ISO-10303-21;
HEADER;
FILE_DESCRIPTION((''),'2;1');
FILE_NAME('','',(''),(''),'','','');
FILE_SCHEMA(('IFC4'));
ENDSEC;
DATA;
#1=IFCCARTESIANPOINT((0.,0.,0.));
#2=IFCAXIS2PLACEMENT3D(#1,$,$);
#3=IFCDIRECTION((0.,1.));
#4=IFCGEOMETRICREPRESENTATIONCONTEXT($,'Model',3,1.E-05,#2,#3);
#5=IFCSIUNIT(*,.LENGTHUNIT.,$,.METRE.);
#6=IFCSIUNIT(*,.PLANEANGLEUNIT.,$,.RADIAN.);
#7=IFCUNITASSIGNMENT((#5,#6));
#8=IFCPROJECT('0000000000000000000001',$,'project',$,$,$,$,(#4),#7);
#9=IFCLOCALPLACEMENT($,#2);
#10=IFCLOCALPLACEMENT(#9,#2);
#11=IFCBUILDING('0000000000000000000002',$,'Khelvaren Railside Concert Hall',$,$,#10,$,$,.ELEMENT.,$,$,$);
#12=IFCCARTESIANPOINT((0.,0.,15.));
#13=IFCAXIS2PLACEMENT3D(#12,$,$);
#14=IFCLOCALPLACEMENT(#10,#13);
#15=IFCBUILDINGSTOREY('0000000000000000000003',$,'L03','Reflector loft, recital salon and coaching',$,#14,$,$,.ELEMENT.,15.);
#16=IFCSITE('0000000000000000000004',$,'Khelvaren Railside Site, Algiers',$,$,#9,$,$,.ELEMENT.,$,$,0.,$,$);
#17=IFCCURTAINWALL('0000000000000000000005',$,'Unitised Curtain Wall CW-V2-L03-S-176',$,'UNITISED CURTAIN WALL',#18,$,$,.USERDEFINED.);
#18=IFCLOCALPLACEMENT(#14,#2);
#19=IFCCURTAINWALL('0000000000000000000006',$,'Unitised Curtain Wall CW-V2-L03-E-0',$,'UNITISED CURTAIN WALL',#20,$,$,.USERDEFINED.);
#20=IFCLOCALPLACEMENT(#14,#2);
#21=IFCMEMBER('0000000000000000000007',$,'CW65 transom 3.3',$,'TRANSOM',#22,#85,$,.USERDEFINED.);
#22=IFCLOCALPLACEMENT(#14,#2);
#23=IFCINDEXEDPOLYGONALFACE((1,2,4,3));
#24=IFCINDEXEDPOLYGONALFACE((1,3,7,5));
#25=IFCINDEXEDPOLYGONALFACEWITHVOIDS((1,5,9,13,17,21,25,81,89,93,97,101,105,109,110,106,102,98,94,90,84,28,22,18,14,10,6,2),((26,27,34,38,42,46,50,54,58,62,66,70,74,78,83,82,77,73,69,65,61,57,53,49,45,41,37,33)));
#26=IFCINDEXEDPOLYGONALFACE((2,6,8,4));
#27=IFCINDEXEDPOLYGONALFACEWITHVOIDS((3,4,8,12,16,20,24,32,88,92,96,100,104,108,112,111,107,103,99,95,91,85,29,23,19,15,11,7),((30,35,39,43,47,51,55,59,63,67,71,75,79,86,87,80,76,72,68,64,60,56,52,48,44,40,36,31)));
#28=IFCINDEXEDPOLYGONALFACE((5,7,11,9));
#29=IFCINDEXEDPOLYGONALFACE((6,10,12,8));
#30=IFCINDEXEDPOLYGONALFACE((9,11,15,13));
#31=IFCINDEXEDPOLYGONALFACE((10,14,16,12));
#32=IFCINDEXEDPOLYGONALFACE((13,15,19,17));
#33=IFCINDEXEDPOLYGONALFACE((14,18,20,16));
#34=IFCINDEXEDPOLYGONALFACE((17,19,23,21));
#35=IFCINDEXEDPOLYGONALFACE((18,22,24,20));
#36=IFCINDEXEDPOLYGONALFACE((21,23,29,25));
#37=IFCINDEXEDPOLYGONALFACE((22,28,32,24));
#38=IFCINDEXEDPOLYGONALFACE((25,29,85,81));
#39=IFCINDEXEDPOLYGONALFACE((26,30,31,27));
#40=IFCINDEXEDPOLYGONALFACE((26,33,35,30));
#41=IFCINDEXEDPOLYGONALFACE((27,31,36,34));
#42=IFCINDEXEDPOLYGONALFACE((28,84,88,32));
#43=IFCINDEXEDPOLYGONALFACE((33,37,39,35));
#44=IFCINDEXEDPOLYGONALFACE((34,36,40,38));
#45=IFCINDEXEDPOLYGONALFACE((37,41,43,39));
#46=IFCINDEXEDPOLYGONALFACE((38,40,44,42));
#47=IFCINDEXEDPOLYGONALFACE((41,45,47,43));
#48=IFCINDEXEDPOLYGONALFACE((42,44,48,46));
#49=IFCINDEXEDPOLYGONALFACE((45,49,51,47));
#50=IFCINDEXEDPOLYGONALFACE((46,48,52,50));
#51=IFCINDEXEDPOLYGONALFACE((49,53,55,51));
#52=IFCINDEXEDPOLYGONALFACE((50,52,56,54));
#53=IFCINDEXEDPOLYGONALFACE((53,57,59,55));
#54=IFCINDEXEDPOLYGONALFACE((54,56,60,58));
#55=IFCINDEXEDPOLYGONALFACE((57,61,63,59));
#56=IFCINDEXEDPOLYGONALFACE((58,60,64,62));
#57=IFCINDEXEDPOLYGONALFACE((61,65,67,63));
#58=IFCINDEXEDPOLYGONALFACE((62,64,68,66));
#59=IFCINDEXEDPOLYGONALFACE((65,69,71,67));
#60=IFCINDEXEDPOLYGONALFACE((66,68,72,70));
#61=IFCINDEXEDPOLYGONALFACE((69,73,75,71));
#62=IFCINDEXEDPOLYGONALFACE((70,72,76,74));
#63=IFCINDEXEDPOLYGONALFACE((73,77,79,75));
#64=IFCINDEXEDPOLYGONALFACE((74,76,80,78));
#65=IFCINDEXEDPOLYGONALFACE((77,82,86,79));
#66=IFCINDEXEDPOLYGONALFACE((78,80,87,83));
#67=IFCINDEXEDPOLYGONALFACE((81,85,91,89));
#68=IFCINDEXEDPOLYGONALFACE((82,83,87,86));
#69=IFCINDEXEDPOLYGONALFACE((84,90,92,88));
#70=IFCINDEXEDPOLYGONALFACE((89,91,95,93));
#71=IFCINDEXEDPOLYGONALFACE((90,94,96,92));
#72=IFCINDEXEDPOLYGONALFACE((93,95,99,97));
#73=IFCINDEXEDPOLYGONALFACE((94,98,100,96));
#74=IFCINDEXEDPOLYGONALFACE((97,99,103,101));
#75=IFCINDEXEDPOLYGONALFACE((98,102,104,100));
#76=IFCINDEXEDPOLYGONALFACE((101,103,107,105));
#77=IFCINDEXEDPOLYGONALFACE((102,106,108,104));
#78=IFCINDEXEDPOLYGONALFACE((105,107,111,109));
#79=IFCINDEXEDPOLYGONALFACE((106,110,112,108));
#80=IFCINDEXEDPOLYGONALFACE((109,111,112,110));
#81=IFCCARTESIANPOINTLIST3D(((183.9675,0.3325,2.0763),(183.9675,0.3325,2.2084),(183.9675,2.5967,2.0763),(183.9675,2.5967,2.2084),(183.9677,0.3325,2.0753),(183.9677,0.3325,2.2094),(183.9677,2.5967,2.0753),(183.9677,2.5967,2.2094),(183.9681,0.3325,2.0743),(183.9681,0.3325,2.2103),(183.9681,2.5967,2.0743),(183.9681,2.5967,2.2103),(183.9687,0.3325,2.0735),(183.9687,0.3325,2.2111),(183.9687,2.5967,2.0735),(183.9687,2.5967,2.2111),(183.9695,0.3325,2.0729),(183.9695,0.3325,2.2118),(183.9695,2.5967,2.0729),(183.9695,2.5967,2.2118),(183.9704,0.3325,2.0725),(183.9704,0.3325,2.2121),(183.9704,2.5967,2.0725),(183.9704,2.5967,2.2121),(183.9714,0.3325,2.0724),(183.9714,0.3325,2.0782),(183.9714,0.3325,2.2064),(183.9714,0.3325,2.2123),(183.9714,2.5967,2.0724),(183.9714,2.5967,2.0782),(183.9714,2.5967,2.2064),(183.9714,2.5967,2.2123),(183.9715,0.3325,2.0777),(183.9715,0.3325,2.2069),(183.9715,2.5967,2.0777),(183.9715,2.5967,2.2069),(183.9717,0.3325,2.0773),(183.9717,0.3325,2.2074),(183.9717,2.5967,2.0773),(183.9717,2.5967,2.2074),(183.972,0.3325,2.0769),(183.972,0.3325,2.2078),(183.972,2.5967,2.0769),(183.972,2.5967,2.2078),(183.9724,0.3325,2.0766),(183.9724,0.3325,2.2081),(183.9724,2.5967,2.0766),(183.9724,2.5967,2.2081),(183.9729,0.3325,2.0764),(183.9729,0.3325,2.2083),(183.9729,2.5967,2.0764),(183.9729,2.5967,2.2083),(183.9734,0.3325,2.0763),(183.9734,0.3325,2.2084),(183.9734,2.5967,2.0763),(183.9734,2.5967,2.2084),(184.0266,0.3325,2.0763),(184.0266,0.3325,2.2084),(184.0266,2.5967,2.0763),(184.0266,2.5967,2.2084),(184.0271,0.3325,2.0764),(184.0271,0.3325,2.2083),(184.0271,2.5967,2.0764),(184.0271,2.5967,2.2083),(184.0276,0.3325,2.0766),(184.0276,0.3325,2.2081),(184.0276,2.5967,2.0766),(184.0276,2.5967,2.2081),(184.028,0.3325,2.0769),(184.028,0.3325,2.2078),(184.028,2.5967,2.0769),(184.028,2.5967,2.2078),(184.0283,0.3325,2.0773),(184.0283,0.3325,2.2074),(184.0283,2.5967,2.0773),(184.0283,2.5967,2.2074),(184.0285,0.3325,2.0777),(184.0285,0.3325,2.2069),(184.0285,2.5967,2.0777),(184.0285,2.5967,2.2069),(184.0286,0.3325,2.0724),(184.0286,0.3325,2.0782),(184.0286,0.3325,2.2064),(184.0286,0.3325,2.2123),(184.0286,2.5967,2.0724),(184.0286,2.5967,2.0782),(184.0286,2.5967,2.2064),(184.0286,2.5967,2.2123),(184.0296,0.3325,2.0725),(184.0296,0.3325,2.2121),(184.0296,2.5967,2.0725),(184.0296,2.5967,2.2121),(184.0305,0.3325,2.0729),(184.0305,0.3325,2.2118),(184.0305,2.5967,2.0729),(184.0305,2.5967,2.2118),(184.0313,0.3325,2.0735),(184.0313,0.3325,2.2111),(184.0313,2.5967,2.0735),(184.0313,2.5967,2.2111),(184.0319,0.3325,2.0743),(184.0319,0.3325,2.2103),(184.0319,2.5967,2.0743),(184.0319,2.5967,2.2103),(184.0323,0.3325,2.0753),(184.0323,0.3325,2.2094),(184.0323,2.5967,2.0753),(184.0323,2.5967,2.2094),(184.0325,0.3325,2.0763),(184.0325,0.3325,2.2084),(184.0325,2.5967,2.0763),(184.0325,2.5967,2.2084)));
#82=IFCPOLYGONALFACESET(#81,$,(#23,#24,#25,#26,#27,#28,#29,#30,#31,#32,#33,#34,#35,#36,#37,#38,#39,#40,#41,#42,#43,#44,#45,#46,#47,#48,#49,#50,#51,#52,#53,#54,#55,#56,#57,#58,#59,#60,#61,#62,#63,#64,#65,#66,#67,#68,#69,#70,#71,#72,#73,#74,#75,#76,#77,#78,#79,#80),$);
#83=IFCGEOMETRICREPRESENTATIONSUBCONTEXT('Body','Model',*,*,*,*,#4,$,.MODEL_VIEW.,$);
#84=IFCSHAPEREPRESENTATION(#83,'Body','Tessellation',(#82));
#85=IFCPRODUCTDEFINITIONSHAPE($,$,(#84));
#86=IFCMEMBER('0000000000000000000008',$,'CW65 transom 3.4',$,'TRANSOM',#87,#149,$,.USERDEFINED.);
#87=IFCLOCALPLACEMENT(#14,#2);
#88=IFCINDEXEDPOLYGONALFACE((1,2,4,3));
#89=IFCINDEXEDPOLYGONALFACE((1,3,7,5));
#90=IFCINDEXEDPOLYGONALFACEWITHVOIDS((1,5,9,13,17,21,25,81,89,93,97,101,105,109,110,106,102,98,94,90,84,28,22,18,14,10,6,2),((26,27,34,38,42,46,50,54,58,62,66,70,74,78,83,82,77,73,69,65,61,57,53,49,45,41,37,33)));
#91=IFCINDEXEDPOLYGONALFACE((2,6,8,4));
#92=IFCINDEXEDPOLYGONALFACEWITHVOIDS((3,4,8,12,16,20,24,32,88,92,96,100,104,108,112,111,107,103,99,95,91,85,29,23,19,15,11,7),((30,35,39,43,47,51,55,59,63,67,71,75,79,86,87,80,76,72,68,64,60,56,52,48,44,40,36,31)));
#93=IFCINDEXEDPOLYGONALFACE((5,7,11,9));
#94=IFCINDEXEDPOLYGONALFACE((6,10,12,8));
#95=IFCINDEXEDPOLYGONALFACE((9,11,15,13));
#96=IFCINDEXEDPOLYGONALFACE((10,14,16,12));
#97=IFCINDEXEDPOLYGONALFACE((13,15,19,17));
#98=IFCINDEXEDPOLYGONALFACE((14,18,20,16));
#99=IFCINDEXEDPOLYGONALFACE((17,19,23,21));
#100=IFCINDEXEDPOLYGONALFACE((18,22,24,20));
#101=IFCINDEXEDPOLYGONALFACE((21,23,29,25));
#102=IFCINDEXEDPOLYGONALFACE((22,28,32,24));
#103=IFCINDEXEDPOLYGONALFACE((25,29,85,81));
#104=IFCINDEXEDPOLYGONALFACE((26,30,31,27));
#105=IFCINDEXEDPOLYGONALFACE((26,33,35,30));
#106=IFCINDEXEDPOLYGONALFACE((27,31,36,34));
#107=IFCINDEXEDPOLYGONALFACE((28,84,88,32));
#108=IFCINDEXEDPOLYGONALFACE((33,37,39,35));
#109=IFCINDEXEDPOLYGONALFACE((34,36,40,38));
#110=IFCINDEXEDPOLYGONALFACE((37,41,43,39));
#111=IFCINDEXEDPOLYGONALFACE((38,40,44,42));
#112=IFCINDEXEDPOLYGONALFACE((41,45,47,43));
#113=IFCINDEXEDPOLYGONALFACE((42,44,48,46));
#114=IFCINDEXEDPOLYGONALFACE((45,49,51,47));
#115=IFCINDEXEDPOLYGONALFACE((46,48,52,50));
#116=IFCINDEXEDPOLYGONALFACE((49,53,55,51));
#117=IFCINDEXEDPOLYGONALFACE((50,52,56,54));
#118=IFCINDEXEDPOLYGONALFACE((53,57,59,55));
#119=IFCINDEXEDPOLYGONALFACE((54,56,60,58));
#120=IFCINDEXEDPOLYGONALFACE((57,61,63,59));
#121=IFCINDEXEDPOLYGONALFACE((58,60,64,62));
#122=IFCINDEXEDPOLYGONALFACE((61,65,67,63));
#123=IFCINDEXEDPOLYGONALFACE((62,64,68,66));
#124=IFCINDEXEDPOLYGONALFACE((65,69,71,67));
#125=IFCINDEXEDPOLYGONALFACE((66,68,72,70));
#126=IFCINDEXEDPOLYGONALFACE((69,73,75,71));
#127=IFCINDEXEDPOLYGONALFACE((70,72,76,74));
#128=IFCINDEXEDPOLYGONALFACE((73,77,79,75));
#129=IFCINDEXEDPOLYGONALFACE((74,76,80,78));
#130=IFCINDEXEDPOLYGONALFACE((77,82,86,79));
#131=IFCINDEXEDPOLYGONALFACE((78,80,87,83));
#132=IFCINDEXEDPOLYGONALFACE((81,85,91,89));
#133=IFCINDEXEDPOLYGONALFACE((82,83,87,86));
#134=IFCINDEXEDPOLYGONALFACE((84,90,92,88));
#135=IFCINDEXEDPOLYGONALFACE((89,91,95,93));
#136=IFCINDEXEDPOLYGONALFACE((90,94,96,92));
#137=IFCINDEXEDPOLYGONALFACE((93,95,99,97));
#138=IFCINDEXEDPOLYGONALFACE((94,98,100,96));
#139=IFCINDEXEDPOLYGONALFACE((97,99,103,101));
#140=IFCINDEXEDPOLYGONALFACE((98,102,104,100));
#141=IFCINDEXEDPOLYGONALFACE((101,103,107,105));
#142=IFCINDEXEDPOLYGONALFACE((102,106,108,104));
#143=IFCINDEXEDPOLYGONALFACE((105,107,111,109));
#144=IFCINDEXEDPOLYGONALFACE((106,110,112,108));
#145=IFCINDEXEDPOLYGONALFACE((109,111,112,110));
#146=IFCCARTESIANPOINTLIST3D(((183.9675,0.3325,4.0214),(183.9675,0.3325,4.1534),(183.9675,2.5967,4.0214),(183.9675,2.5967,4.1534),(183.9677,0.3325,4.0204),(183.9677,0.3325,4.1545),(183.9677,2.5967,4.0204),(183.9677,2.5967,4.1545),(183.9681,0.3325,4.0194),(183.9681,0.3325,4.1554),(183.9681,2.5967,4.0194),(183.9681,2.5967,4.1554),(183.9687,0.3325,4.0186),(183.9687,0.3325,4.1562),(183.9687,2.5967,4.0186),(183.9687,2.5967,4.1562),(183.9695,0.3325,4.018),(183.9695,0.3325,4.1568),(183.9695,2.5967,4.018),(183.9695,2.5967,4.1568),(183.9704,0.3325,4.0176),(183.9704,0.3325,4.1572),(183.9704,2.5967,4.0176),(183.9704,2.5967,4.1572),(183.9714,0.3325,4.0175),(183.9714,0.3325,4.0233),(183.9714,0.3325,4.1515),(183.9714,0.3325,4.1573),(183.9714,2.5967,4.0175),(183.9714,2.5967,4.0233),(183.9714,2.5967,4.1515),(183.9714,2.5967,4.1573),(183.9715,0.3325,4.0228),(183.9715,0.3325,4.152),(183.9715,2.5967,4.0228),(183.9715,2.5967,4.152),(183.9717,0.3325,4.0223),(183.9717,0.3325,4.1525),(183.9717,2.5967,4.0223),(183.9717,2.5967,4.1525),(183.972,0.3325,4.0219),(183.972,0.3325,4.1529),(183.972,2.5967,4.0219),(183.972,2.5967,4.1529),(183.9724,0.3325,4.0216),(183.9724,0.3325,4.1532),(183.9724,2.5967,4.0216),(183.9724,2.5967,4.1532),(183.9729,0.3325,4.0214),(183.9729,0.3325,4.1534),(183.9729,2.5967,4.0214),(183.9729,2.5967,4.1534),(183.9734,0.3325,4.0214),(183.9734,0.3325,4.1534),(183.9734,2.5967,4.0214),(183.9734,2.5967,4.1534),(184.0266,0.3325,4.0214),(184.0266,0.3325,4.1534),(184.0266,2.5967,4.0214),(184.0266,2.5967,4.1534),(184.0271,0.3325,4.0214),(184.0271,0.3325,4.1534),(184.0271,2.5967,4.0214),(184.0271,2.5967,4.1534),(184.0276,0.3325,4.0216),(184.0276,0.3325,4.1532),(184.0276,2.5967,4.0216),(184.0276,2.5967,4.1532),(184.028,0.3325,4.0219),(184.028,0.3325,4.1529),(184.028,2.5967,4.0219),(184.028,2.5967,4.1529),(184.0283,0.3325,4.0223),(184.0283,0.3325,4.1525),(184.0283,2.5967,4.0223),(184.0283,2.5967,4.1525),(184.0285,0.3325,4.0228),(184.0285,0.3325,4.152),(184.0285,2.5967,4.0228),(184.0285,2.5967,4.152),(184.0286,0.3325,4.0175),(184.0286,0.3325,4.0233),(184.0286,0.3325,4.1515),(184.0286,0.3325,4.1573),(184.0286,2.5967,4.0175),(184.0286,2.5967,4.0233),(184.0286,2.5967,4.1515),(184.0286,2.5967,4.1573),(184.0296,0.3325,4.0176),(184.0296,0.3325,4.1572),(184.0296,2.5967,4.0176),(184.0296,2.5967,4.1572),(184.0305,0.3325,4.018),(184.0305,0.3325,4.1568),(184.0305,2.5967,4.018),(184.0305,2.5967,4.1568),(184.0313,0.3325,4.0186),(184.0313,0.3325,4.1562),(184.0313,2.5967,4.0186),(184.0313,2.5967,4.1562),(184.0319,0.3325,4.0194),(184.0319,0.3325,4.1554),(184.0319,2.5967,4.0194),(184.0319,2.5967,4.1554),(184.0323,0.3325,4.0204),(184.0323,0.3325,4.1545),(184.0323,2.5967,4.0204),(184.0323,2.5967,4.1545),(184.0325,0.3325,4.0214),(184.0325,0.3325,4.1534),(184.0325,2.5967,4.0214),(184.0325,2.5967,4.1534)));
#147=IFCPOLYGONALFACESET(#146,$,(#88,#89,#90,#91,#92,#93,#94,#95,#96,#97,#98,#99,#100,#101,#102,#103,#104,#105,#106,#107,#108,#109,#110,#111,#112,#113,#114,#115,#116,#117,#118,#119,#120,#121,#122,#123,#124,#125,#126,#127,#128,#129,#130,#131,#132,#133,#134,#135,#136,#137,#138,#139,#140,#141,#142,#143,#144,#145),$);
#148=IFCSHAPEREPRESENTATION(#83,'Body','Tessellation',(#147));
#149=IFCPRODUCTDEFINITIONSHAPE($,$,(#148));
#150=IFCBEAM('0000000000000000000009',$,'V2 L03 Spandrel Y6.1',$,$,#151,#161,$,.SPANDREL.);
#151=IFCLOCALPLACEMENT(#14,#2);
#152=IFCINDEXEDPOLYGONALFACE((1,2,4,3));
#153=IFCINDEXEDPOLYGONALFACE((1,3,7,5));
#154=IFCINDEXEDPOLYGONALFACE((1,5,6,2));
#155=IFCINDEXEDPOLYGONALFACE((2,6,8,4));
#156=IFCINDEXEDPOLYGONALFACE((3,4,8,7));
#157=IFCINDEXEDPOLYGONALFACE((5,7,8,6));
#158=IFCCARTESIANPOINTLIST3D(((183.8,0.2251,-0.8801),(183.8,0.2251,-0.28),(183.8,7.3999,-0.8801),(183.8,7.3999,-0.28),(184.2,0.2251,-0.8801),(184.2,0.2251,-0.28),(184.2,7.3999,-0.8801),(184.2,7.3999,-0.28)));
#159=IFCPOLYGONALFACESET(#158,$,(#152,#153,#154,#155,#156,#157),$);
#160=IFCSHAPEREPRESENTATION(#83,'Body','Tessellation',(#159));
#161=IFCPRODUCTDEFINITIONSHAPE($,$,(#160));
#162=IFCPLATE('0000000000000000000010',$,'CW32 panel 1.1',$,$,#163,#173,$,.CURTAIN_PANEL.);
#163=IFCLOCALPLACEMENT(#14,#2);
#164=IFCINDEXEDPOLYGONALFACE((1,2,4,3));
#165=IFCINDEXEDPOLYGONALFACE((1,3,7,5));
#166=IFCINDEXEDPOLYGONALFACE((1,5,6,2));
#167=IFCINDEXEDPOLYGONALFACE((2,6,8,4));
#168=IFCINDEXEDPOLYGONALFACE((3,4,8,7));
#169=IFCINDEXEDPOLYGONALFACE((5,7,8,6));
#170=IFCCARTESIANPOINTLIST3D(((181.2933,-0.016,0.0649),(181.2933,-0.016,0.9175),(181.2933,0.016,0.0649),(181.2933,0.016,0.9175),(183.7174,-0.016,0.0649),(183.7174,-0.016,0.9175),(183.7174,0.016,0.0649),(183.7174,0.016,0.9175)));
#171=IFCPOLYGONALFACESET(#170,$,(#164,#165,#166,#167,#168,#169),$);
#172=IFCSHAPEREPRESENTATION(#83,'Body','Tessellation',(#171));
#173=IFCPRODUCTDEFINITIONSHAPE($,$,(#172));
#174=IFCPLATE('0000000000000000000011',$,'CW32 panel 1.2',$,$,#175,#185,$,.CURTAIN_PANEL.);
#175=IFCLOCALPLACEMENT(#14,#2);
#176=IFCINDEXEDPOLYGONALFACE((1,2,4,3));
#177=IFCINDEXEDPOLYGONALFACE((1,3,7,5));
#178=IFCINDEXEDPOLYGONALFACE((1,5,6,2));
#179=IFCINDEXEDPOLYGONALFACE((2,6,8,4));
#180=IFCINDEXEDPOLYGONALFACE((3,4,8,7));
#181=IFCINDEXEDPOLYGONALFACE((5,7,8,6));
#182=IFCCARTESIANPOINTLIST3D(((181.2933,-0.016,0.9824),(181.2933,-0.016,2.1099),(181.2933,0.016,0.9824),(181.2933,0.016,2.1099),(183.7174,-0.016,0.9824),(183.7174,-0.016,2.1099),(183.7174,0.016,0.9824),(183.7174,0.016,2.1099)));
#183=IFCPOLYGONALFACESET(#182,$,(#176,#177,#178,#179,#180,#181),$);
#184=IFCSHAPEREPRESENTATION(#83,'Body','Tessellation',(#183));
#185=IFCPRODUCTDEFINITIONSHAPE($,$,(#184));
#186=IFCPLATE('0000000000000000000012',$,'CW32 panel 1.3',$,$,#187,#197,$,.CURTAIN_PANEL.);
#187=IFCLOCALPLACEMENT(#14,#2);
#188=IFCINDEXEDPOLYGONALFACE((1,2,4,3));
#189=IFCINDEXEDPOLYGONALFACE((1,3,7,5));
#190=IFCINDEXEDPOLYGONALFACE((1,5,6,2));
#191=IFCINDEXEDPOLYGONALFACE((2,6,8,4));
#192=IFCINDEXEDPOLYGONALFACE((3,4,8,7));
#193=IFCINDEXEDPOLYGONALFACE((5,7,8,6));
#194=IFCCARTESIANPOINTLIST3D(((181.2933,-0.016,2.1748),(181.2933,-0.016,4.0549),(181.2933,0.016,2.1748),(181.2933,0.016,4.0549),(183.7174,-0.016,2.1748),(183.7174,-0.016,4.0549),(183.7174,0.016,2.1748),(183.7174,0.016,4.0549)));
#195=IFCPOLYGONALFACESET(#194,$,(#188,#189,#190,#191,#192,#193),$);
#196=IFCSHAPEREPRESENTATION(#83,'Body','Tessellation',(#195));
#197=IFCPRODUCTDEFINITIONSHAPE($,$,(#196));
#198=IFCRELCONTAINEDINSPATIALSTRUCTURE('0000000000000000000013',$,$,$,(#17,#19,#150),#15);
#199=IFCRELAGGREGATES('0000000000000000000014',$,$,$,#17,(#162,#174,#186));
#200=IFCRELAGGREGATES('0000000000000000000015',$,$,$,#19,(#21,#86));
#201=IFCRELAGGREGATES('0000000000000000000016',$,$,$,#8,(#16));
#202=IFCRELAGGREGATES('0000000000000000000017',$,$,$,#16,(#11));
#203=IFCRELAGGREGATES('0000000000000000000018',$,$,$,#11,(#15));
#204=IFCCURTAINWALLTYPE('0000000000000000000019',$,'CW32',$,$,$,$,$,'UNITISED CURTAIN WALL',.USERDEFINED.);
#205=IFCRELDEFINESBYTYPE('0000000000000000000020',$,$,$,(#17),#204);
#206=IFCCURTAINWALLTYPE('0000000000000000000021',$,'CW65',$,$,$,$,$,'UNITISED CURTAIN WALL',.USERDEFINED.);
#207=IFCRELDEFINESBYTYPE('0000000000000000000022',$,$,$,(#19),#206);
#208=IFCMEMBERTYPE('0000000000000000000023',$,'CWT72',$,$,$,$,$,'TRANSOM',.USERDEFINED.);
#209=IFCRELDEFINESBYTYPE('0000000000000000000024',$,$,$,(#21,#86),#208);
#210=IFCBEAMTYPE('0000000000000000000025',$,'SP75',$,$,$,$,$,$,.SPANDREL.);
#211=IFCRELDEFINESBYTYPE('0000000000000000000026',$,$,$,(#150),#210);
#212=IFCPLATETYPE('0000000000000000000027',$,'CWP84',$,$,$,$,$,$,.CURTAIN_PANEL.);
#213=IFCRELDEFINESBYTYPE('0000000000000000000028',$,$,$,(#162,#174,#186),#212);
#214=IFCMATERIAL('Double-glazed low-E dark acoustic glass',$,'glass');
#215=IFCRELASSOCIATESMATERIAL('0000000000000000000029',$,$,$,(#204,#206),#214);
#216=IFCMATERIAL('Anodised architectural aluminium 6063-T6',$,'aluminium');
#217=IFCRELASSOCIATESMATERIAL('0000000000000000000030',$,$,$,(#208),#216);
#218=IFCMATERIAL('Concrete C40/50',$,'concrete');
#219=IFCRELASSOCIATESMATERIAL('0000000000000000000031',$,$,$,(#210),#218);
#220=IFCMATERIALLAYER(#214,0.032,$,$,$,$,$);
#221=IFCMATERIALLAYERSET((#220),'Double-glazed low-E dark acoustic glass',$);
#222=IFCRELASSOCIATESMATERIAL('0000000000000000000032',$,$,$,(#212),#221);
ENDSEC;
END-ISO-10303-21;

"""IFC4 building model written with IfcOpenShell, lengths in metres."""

from ifc_helpers import new_model, si_unit, direction, frame, origin, origin_2d, place, context, subcontext, project, spatial, rectangle, hollow_rectangle, extrude, material, layer, layer_set, material_profile, profile_set, type_object, element, aggregate, save


model = new_model("IFC4")

# Units and contexts
model_context = context("Model", 3, precision=1e-05, world=origin(), true_north=direction((0.0, 1.0)))
body_context = subcontext(model_context, "Body", "Model", "MODEL_VIEW")
ifc_project = project(units=[si_unit("LENGTHUNIT", "METRE"), si_unit("PLANEANGLEUNIT", "RADIAN")], contexts=[model_context])

# Site, building, storey
site_placement = place(None, origin())
site = spatial("IfcSite", under=ifc_project, at=site_placement, Name="Khelvaren Railside Site, Algiers", CompositionType="ELEMENT", RefElevation=0.0)
building_placement = place(site_placement, origin())
building = spatial("IfcBuilding", under=site, at=building_placement, Name="Khelvaren Railside Concert Hall", CompositionType="ELEMENT")
storey_placement = place(building_placement, frame((0.0, 0.0, 15.0)))
storey = spatial("IfcBuildingStorey", under=building, at=storey_placement, Name="L03", Description="Reflector loft, recital salon and coaching", CompositionType="ELEMENT", Elevation=15.0)

# Curtain walls
ifc_material_1 = material(Name="Double-glazed low-E dark acoustic glass", Category="glass")
curtain_wall_type_1 = type_object("IfcCurtainWallType", Name="CW32", ElementType="UNITISED CURTAIN WALL", PredefinedType="USERDEFINED", material=ifc_material_1)
curtain_wall_1_placement = place(storey_placement, origin())
curtain_wall_1 = element("IfcCurtainWall", 1, at=curtain_wall_1_placement, inside=storey, type_object=curtain_wall_type_1, Name="Unitised Curtain Wall CW-V2-L03-S-176", ObjectType="UNITISED CURTAIN WALL", PredefinedType="USERDEFINED")
ifc_material_2 = material(Name="Anodised architectural aluminium 6063-T6", Category="aluminium")
curtain_wall_type_2 = type_object("IfcCurtainWallType", Name="CW65", ElementType="UNITISED CURTAIN WALL", PredefinedType="USERDEFINED", material=ifc_material_1)
curtain_wall_2_placement = place(storey_placement, origin())
curtain_wall_2 = element("IfcCurtainWall", 2, at=curtain_wall_2_placement, inside=storey, type_object=curtain_wall_type_2, Name="Unitised Curtain Wall CW-V2-L03-E-0", ObjectType="UNITISED CURTAIN WALL", PredefinedType="USERDEFINED")

# Members
ifc_material_profile_1 = material_profile(ifc_material_2, hollow_rectangle(XDim=0.0649, YDim=0.1399, WallThickness=0.0039, InnerFilletRadius=0.002, OuterFilletRadius=0.0039, at=origin_2d()), Name="CWT 65x140x4")
ifc_profile_set_1 = profile_set([ifc_material_profile_1], Name="Anodised architectural aluminium 6063-T6")
member_type_1 = type_object("IfcMemberType", Name="CWT72", ElementType="TRANSOM", PredefinedType="USERDEFINED", material=ifc_profile_set_1)
member_1_placement = place(storey_placement, frame((184.0, 2.5967, 2.1423), z_axis=(0.0, -1.0, 0.0), x_axis=(1.0, 0.0, 0.0)))
member_1 = element("IfcMember", 3, at=member_1_placement, type_object=member_type_1, Name="CW65 transom 3.3", ObjectType="TRANSOM", PredefinedType="USERDEFINED", context=body_context, shape_type="SweptSolid", body=[
    extrude(hollow_rectangle(XDim=0.0649, YDim=0.1399, WallThickness=0.0039, InnerFilletRadius=0.002, OuterFilletRadius=0.0039, at=origin_2d()), origin(), (0.0, 0.0, 1.0), 2.2642),
])
member_2_placement = place(storey_placement, frame((184.0, 2.5967, 4.0874), z_axis=(0.0, -1.0, 0.0), x_axis=(1.0, 0.0, 0.0)))
member_2 = element("IfcMember", 4, at=member_2_placement, type_object=member_type_1, Name="CW65 transom 3.4", ObjectType="TRANSOM", PredefinedType="USERDEFINED", context=body_context, shape_type="SweptSolid", body=[
    extrude(hollow_rectangle(XDim=0.0649, YDim=0.1399, WallThickness=0.0039, InnerFilletRadius=0.002, OuterFilletRadius=0.0039, at=origin_2d()), origin(), (0.0, 0.0, 1.0), 2.2642),
])

# Beam
ifc_material_3 = material(Name="Concrete C40/50", Category="concrete")
ifc_material_profile_2 = material_profile(ifc_material_3, rectangle(XDim=0.3999, YDim=0.6001, at=origin_2d()), Name="RCB 400x600")
ifc_profile_set_2 = profile_set([ifc_material_profile_2], Name="Concrete C40/50")
beam_type = type_object("IfcBeamType", Name="SP75", PredefinedType="SPANDREL", material=ifc_profile_set_2)
beam_placement = place(storey_placement, frame((184.0, 0.2251, -0.5801), z_axis=(0.0, 1.0, 0.0), x_axis=(-1.0, 0.0, 0.0)))
element("IfcBeam", 5, at=beam_placement, inside=storey, type_object=beam_type, Name="V2 L03 Spandrel Y6.1", PredefinedType="SPANDREL", context=body_context, shape_type="SweptSolid", body=[
    extrude(rectangle(XDim=0.3999, YDim=0.6001, at=origin_2d()), origin(), (0.0, 0.0, 1.0), 7.1748),
])

# Plates
ifc_layer = layer(ifc_material_1, 0.032)
ifc_layer_set = layer_set([ifc_layer], Name="Double-glazed low-E dark acoustic glass")
plate_type = type_object("IfcPlateType", Name="CWP84", PredefinedType="CURTAIN_PANEL", material=ifc_layer_set)
plate_1_placement = place(storey_placement, frame((182.5054, 0.0, 0.0649), z_axis=(0.0, 0.0, 1.0), x_axis=(-1.0, 0.0, 0.0)))
plate_1 = element("IfcPlate", 6, at=plate_1_placement, type_object=plate_type, Name="CW32 panel 1.1", PredefinedType="CURTAIN_PANEL", context=body_context, shape_type="SweptSolid", body=[
    extrude(rectangle(XDim=2.4241, YDim=0.032, at=origin_2d()), origin(), (0.0, 0.0, 1.0), 0.8525),
])
plate_2_placement = place(storey_placement, frame((182.5054, 0.0, 0.9824), z_axis=(0.0, 0.0, 1.0), x_axis=(-1.0, 0.0, 0.0)))
plate_2 = element("IfcPlate", 7, at=plate_2_placement, type_object=plate_type, Name="CW32 panel 1.2", PredefinedType="CURTAIN_PANEL", context=body_context, shape_type="SweptSolid", body=[
    extrude(rectangle(XDim=2.4241, YDim=0.032, at=origin_2d()), origin(), (0.0, 0.0, 1.0), 1.1274),
])
plate_3_placement = place(storey_placement, frame((182.5054, 0.0, 2.1748), z_axis=(0.0, 0.0, 1.0), x_axis=(-1.0, 0.0, 0.0)))
plate_3 = element("IfcPlate", 8, at=plate_3_placement, type_object=plate_type, Name="CW32 panel 1.3", PredefinedType="CURTAIN_PANEL", context=body_context, shape_type="SweptSolid", body=[
    extrude(rectangle(XDim=2.4241, YDim=0.032, at=origin_2d()), origin(), (0.0, 0.0, 1.0), 1.8801),
])
aggregate(curtain_wall_1, [plate_1, plate_2, plate_3])
aggregate(curtain_wall_2, [member_1, member_2])

save(model, "model.ifc")
